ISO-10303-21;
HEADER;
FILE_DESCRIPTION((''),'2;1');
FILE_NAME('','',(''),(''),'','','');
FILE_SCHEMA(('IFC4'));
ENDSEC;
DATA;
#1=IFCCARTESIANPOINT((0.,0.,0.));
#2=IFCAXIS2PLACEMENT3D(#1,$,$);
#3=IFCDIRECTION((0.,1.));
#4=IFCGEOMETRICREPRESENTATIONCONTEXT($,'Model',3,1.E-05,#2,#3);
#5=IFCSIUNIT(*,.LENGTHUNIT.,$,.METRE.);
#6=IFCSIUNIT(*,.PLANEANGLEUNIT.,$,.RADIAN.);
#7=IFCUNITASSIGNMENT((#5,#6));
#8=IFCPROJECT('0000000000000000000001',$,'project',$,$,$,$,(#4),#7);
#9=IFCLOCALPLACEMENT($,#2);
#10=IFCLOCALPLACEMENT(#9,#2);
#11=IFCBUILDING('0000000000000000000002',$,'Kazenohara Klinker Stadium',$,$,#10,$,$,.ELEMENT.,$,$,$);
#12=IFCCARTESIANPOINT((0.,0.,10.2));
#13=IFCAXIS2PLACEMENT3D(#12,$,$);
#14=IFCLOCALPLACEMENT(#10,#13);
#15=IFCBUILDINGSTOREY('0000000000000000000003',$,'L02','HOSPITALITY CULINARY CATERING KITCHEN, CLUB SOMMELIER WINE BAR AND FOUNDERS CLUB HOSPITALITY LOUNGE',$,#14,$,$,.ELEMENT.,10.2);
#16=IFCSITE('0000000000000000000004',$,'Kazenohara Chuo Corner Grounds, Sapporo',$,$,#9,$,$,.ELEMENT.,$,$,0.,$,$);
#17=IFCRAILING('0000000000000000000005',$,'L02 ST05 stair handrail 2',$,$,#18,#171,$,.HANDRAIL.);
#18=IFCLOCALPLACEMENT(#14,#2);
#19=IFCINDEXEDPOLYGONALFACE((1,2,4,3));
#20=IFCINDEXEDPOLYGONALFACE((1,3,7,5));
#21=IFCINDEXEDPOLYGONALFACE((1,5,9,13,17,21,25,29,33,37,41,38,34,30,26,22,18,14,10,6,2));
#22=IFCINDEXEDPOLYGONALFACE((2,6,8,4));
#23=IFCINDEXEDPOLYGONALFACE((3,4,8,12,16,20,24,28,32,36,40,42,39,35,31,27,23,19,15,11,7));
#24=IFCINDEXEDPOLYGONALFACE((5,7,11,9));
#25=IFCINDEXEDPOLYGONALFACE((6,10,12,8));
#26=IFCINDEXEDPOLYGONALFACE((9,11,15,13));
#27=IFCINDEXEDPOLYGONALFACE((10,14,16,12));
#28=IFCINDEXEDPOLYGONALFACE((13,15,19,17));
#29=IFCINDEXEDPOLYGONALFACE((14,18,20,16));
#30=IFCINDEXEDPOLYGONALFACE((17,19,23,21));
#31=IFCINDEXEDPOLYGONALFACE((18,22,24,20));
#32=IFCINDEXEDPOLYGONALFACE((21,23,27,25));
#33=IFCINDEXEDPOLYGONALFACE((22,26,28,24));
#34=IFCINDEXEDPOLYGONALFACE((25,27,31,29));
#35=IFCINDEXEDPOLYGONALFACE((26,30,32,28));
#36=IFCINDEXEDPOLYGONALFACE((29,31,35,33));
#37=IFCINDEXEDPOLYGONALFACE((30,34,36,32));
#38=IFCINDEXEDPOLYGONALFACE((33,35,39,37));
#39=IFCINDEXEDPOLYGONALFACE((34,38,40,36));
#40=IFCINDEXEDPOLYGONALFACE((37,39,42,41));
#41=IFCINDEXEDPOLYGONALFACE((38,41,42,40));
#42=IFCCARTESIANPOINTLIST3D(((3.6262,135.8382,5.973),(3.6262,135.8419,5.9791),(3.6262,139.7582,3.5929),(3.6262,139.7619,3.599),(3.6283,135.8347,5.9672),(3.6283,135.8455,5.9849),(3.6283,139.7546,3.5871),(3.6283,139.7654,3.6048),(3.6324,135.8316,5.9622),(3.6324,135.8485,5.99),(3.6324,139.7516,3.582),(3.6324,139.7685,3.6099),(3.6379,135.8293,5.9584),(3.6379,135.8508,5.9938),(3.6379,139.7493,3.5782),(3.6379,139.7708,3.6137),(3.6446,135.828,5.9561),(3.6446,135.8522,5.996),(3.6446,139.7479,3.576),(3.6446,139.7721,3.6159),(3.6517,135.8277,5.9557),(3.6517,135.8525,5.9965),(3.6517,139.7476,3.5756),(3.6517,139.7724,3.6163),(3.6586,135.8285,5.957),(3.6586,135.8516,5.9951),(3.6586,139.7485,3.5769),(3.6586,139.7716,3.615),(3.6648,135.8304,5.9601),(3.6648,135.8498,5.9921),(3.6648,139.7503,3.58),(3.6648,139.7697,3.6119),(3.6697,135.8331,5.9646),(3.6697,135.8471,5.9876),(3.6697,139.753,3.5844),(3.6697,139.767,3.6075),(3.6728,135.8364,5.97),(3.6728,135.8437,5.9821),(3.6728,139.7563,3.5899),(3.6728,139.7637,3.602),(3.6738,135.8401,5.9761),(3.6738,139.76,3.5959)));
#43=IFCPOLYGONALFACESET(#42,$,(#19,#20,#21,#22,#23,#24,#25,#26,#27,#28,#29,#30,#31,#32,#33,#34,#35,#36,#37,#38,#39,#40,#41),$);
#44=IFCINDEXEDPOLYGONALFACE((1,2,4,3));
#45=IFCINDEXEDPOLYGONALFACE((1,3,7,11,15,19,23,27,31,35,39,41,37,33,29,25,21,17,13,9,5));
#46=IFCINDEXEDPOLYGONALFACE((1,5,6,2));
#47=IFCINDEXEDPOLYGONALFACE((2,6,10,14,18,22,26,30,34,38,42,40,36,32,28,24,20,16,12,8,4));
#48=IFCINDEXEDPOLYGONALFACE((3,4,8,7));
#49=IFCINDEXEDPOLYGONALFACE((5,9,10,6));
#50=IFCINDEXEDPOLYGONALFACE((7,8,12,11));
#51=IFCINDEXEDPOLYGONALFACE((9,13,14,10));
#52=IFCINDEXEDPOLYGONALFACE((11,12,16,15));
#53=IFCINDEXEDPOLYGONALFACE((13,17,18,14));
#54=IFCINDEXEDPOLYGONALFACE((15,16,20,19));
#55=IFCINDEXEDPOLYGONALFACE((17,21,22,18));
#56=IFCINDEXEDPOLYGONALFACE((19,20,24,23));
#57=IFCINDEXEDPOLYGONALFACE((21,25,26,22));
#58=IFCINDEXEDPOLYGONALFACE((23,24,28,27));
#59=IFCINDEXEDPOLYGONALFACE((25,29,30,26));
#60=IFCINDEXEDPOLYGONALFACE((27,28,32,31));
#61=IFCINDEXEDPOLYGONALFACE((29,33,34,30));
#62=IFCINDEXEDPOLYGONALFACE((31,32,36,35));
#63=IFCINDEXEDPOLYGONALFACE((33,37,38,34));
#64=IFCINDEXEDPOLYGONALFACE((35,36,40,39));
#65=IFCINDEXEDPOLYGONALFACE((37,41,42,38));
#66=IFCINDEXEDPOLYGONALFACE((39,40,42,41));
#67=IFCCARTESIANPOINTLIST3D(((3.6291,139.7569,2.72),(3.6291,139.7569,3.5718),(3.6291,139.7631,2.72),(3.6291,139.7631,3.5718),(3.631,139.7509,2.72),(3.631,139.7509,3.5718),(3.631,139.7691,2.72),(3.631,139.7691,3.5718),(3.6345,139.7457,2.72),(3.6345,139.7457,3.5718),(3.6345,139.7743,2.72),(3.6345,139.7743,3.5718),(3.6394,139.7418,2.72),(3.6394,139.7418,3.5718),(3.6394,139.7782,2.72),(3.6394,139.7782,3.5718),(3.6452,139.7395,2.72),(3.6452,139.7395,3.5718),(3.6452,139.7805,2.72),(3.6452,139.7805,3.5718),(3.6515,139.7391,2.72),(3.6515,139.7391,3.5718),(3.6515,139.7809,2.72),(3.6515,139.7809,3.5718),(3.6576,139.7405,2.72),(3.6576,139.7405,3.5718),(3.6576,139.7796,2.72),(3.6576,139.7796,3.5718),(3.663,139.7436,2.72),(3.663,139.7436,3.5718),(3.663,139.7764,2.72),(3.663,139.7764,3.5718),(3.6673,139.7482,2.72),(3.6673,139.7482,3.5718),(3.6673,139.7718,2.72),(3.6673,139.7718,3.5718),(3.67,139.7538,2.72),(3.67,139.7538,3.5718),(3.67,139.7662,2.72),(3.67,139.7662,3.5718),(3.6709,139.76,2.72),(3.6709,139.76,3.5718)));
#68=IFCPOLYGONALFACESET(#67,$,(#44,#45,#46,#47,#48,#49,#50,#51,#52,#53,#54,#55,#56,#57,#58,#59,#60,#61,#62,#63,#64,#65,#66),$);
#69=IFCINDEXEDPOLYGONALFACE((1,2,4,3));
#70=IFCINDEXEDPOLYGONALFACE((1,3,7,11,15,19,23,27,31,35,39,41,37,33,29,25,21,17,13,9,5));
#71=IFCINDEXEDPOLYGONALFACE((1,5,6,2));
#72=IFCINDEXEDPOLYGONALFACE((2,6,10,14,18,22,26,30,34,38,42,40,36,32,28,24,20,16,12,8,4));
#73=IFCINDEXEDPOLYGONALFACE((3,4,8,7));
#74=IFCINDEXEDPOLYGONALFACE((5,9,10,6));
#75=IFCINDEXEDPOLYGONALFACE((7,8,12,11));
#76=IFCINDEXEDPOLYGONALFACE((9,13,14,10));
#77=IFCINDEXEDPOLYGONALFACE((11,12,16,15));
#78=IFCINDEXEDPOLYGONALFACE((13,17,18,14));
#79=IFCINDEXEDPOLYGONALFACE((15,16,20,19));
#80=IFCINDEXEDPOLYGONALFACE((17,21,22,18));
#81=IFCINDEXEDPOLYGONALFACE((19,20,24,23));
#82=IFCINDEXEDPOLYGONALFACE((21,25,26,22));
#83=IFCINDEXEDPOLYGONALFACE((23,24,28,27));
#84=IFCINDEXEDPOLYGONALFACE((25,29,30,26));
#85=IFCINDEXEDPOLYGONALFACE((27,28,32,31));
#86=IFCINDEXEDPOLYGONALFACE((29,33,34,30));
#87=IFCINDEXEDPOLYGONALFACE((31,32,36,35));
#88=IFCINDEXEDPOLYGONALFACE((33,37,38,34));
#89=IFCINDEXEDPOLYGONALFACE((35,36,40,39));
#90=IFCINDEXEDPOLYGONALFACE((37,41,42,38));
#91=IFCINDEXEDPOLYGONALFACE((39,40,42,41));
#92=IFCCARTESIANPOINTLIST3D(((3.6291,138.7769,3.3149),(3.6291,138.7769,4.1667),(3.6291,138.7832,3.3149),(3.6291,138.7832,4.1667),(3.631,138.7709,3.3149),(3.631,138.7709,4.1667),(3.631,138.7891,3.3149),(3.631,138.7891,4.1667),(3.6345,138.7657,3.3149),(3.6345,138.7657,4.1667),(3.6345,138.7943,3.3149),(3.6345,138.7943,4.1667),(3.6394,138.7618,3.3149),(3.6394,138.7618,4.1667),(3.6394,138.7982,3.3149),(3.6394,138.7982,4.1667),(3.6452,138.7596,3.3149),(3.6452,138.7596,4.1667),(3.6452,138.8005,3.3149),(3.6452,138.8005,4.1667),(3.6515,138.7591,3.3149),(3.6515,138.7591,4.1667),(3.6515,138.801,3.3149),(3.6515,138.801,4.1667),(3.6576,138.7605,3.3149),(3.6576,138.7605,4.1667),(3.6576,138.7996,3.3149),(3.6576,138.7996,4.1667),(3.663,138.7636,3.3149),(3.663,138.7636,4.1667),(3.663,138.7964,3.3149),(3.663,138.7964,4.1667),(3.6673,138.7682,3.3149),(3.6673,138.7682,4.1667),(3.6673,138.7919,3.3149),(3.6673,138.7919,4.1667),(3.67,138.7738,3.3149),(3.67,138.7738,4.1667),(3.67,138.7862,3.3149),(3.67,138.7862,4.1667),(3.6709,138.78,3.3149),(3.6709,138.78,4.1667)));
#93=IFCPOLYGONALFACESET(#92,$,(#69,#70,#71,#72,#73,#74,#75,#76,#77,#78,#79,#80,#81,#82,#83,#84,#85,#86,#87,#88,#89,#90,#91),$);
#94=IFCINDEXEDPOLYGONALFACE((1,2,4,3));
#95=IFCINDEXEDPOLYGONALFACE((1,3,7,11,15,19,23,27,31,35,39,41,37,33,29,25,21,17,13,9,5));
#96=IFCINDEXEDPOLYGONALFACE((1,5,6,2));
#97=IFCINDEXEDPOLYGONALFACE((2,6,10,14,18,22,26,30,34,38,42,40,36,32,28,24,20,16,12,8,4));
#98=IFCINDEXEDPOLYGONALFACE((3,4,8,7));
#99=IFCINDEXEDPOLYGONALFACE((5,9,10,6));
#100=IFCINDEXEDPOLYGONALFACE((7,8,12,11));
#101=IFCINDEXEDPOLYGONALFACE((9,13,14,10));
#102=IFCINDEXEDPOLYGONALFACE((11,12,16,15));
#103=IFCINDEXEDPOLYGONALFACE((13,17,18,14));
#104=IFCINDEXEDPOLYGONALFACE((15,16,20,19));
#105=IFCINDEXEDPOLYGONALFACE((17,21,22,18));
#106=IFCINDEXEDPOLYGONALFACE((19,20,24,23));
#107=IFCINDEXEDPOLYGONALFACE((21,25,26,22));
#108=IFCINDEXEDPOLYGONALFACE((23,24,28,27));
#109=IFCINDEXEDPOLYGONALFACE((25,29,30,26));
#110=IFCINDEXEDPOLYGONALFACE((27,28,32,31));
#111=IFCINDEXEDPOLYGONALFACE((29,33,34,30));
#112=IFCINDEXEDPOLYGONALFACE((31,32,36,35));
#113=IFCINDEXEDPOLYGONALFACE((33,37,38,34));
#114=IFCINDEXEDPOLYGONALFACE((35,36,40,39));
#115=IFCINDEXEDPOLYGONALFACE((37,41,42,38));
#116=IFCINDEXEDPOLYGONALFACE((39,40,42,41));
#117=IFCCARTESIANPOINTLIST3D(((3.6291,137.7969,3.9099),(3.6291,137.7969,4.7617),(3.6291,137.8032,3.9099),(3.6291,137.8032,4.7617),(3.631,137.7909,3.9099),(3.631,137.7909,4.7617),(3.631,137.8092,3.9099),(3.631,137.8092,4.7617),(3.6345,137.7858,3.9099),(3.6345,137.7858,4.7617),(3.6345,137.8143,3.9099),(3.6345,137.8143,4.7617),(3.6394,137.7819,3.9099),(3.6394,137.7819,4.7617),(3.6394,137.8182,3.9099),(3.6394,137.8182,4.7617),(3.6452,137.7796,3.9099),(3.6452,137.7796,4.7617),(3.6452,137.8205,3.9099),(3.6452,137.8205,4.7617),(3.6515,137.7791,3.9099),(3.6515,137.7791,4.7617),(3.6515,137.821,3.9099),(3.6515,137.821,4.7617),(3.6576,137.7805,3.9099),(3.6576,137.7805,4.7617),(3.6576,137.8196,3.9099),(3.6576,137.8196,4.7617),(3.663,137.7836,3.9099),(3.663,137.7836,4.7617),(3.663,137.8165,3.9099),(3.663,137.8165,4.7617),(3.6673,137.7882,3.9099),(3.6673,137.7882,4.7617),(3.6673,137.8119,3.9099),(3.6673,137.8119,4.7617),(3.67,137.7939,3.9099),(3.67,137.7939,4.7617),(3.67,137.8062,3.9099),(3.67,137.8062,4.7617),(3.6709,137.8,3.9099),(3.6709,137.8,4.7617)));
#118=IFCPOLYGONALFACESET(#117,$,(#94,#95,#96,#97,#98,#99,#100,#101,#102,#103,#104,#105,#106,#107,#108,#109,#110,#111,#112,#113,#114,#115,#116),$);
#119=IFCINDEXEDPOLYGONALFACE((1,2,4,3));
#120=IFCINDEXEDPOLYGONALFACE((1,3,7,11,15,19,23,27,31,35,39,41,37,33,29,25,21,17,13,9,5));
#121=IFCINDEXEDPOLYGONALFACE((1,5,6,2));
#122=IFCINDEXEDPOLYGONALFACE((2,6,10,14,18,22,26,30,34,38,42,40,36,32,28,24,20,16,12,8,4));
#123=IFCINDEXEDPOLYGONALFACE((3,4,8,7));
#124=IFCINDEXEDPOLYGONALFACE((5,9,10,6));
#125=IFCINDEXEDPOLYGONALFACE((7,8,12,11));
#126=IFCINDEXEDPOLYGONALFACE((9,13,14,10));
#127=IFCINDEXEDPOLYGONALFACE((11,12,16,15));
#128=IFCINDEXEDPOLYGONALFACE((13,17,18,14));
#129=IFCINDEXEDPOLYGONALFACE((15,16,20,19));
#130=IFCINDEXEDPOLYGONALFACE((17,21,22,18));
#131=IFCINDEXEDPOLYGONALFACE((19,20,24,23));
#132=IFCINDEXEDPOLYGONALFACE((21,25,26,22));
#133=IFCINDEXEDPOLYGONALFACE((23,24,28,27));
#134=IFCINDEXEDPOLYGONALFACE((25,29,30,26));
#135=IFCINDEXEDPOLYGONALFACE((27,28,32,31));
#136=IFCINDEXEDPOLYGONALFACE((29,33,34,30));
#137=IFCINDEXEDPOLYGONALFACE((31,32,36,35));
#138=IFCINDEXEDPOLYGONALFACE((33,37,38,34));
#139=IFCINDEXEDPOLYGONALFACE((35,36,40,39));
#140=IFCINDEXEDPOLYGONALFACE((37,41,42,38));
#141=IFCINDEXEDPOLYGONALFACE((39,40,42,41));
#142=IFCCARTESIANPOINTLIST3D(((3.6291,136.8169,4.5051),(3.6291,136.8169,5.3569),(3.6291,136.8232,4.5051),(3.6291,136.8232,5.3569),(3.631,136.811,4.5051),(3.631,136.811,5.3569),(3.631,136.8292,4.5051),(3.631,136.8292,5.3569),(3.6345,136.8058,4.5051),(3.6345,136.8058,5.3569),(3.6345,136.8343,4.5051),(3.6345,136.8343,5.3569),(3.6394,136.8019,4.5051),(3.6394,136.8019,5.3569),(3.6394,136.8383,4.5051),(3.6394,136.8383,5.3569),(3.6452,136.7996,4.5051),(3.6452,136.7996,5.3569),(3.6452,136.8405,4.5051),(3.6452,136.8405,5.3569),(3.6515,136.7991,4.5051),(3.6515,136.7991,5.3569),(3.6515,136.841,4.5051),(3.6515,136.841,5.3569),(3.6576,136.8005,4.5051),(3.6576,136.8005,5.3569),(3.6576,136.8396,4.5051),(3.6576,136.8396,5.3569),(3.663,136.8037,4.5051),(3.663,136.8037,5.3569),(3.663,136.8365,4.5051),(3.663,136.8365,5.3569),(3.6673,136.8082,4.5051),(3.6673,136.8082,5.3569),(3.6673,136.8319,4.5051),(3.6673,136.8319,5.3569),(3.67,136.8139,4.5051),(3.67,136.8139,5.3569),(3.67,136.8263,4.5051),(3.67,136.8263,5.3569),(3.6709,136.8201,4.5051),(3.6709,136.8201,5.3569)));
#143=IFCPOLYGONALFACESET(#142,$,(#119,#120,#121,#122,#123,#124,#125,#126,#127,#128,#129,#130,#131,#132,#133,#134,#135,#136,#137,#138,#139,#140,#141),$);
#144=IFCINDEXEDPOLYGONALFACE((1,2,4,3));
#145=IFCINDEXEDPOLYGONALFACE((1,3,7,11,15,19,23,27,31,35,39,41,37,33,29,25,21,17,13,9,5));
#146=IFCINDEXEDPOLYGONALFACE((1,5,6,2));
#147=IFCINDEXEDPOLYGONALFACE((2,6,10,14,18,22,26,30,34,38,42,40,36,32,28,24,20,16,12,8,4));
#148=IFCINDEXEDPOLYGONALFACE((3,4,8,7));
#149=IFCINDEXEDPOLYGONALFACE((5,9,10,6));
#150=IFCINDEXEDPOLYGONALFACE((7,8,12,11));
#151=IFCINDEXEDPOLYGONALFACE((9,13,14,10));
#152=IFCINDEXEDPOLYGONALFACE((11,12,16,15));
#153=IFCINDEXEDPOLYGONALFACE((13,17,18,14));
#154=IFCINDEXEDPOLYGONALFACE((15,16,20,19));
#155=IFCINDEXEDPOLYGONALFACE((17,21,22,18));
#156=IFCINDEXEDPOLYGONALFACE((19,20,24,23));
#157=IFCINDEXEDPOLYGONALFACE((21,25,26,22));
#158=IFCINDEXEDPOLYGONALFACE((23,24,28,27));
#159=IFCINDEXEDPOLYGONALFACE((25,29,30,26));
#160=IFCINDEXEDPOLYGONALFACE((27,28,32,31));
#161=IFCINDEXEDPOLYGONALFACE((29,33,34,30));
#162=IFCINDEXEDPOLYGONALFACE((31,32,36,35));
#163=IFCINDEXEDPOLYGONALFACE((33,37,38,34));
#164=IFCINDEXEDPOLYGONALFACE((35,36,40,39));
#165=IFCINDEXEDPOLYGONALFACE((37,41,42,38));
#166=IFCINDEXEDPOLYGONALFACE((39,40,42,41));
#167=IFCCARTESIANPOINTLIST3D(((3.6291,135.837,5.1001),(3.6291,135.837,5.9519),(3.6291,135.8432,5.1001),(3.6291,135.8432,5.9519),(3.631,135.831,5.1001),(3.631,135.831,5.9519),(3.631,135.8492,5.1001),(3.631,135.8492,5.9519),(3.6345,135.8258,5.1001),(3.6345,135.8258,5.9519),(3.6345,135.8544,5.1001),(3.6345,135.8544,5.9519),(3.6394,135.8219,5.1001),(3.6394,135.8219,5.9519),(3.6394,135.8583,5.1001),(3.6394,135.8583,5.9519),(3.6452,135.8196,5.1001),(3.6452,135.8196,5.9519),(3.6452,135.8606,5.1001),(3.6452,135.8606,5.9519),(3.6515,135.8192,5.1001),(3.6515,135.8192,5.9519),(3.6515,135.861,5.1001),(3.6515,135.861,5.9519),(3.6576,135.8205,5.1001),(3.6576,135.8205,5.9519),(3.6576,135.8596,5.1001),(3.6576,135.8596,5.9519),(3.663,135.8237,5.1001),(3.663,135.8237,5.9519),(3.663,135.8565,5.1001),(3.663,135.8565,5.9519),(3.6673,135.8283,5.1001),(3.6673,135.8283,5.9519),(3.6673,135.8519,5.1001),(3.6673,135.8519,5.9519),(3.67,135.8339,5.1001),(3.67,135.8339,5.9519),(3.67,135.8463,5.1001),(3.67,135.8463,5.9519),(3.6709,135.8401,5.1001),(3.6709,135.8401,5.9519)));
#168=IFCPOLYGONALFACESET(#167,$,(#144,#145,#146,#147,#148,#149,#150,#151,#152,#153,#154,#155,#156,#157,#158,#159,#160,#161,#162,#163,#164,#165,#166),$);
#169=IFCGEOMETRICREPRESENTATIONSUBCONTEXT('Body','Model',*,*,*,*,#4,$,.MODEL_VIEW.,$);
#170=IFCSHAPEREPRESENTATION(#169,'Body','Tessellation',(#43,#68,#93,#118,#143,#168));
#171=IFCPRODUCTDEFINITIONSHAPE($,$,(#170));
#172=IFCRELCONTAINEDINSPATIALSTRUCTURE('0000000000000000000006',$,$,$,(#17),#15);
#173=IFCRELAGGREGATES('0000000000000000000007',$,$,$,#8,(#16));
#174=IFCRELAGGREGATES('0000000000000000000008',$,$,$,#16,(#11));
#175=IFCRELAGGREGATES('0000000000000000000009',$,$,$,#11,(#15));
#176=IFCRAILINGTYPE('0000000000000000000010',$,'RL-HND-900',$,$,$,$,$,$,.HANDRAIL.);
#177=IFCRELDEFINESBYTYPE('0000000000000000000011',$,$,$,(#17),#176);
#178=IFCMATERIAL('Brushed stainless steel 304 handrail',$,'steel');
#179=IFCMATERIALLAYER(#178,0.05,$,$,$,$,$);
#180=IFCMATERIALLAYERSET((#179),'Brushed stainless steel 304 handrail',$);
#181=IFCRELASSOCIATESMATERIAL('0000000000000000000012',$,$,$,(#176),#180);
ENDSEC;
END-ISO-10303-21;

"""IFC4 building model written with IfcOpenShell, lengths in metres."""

from ifc_helpers import new_model, si_unit, direction, frame, origin, origin_2d, place, context, subcontext, project, spatial, circle, extrude, material, layer, layer_set, type_object, element, save


model = new_model("IFC4")

# Units and contexts
model_context = context("Model", 3, precision=1e-05, world=origin(), true_north=direction((0.0, 1.0)))
body_context = subcontext(model_context, "Body", "Model", "MODEL_VIEW")
ifc_project = project(units=[si_unit("LENGTHUNIT", "METRE"), si_unit("PLANEANGLEUNIT", "RADIAN")], contexts=[model_context])

# Site, building, storey
site_placement = place(None, origin())
site = spatial("IfcSite", under=ifc_project, at=site_placement, Name="Kazenohara Chuo Corner Grounds, Sapporo", CompositionType="ELEMENT", RefElevation=0.0)
building_placement = place(site_placement, origin())
building = spatial("IfcBuilding", under=site, at=building_placement, Name="Kazenohara Klinker Stadium", CompositionType="ELEMENT")
storey_placement = place(building_placement, frame((0.0, 0.0, 10.2)))
storey = spatial("IfcBuildingStorey", under=building, at=storey_placement, Name="L02", Description="HOSPITALITY CULINARY CATERING KITCHEN, CLUB SOMMELIER WINE BAR AND FOUNDERS CLUB HOSPITALITY LOUNGE", CompositionType="ELEMENT", Elevation=10.2)

# Railing
ifc_material_1 = material(Name="Brushed stainless steel 304 handrail", Category="steel")
ifc_layer_1 = layer(ifc_material_1, 0.05)
ifc_layer_set_1 = layer_set([ifc_layer_1], Name="Brushed stainless steel 304 handrail")
railing_type_1 = type_object("IfcRailingType", Name="RL-HND-900", PredefinedType="HANDRAIL", material=ifc_layer_set_1)
for number, where, name in (
    (1, (3.6499, 139.76, 2.72), "L02 ST05 stair handrail 2"),
):
    element("IfcRailing", number, at=place(storey_placement, frame(where)), inside=storey, type_object=railing_type_1, Name=name, PredefinedType="HANDRAIL", context=body_context, shape_type="SweptSolid", body=[
        extrude(circle(Radius=0.0239, at=origin_2d()), frame((0.0, 0.0, 0.876), z_axis=(0.0, -0.854771, 0.519006), x_axis=(1.0, 0.0, 0.0)), (0.0, 0.0, 1.0), 4.5859),
        extrude(circle(Radius=0.021, at=origin_2d()), origin(), (0.0, 0.0, 1.0), 0.8518),
        extrude(circle(Radius=0.021, at=origin_2d()), frame((0.0, -0.98, 0.595)), (0.0, 0.0, 1.0), 0.8518),
        extrude(circle(Radius=0.021, at=origin_2d()), frame((0.0, -1.96, 1.1899)), (0.0, 0.0, 1.0), 0.8518),
        extrude(circle(Radius=0.021, at=origin_2d()), frame((0.0, -2.9399, 1.7852)), (0.0, 0.0, 1.0), 0.8518),
        extrude(circle(Radius=0.021, at=origin_2d()), frame((0.0, -3.9199, 2.3801)), (0.0, 0.0, 1.0), 0.8518),
    ])

save(model, "model.ifc")
